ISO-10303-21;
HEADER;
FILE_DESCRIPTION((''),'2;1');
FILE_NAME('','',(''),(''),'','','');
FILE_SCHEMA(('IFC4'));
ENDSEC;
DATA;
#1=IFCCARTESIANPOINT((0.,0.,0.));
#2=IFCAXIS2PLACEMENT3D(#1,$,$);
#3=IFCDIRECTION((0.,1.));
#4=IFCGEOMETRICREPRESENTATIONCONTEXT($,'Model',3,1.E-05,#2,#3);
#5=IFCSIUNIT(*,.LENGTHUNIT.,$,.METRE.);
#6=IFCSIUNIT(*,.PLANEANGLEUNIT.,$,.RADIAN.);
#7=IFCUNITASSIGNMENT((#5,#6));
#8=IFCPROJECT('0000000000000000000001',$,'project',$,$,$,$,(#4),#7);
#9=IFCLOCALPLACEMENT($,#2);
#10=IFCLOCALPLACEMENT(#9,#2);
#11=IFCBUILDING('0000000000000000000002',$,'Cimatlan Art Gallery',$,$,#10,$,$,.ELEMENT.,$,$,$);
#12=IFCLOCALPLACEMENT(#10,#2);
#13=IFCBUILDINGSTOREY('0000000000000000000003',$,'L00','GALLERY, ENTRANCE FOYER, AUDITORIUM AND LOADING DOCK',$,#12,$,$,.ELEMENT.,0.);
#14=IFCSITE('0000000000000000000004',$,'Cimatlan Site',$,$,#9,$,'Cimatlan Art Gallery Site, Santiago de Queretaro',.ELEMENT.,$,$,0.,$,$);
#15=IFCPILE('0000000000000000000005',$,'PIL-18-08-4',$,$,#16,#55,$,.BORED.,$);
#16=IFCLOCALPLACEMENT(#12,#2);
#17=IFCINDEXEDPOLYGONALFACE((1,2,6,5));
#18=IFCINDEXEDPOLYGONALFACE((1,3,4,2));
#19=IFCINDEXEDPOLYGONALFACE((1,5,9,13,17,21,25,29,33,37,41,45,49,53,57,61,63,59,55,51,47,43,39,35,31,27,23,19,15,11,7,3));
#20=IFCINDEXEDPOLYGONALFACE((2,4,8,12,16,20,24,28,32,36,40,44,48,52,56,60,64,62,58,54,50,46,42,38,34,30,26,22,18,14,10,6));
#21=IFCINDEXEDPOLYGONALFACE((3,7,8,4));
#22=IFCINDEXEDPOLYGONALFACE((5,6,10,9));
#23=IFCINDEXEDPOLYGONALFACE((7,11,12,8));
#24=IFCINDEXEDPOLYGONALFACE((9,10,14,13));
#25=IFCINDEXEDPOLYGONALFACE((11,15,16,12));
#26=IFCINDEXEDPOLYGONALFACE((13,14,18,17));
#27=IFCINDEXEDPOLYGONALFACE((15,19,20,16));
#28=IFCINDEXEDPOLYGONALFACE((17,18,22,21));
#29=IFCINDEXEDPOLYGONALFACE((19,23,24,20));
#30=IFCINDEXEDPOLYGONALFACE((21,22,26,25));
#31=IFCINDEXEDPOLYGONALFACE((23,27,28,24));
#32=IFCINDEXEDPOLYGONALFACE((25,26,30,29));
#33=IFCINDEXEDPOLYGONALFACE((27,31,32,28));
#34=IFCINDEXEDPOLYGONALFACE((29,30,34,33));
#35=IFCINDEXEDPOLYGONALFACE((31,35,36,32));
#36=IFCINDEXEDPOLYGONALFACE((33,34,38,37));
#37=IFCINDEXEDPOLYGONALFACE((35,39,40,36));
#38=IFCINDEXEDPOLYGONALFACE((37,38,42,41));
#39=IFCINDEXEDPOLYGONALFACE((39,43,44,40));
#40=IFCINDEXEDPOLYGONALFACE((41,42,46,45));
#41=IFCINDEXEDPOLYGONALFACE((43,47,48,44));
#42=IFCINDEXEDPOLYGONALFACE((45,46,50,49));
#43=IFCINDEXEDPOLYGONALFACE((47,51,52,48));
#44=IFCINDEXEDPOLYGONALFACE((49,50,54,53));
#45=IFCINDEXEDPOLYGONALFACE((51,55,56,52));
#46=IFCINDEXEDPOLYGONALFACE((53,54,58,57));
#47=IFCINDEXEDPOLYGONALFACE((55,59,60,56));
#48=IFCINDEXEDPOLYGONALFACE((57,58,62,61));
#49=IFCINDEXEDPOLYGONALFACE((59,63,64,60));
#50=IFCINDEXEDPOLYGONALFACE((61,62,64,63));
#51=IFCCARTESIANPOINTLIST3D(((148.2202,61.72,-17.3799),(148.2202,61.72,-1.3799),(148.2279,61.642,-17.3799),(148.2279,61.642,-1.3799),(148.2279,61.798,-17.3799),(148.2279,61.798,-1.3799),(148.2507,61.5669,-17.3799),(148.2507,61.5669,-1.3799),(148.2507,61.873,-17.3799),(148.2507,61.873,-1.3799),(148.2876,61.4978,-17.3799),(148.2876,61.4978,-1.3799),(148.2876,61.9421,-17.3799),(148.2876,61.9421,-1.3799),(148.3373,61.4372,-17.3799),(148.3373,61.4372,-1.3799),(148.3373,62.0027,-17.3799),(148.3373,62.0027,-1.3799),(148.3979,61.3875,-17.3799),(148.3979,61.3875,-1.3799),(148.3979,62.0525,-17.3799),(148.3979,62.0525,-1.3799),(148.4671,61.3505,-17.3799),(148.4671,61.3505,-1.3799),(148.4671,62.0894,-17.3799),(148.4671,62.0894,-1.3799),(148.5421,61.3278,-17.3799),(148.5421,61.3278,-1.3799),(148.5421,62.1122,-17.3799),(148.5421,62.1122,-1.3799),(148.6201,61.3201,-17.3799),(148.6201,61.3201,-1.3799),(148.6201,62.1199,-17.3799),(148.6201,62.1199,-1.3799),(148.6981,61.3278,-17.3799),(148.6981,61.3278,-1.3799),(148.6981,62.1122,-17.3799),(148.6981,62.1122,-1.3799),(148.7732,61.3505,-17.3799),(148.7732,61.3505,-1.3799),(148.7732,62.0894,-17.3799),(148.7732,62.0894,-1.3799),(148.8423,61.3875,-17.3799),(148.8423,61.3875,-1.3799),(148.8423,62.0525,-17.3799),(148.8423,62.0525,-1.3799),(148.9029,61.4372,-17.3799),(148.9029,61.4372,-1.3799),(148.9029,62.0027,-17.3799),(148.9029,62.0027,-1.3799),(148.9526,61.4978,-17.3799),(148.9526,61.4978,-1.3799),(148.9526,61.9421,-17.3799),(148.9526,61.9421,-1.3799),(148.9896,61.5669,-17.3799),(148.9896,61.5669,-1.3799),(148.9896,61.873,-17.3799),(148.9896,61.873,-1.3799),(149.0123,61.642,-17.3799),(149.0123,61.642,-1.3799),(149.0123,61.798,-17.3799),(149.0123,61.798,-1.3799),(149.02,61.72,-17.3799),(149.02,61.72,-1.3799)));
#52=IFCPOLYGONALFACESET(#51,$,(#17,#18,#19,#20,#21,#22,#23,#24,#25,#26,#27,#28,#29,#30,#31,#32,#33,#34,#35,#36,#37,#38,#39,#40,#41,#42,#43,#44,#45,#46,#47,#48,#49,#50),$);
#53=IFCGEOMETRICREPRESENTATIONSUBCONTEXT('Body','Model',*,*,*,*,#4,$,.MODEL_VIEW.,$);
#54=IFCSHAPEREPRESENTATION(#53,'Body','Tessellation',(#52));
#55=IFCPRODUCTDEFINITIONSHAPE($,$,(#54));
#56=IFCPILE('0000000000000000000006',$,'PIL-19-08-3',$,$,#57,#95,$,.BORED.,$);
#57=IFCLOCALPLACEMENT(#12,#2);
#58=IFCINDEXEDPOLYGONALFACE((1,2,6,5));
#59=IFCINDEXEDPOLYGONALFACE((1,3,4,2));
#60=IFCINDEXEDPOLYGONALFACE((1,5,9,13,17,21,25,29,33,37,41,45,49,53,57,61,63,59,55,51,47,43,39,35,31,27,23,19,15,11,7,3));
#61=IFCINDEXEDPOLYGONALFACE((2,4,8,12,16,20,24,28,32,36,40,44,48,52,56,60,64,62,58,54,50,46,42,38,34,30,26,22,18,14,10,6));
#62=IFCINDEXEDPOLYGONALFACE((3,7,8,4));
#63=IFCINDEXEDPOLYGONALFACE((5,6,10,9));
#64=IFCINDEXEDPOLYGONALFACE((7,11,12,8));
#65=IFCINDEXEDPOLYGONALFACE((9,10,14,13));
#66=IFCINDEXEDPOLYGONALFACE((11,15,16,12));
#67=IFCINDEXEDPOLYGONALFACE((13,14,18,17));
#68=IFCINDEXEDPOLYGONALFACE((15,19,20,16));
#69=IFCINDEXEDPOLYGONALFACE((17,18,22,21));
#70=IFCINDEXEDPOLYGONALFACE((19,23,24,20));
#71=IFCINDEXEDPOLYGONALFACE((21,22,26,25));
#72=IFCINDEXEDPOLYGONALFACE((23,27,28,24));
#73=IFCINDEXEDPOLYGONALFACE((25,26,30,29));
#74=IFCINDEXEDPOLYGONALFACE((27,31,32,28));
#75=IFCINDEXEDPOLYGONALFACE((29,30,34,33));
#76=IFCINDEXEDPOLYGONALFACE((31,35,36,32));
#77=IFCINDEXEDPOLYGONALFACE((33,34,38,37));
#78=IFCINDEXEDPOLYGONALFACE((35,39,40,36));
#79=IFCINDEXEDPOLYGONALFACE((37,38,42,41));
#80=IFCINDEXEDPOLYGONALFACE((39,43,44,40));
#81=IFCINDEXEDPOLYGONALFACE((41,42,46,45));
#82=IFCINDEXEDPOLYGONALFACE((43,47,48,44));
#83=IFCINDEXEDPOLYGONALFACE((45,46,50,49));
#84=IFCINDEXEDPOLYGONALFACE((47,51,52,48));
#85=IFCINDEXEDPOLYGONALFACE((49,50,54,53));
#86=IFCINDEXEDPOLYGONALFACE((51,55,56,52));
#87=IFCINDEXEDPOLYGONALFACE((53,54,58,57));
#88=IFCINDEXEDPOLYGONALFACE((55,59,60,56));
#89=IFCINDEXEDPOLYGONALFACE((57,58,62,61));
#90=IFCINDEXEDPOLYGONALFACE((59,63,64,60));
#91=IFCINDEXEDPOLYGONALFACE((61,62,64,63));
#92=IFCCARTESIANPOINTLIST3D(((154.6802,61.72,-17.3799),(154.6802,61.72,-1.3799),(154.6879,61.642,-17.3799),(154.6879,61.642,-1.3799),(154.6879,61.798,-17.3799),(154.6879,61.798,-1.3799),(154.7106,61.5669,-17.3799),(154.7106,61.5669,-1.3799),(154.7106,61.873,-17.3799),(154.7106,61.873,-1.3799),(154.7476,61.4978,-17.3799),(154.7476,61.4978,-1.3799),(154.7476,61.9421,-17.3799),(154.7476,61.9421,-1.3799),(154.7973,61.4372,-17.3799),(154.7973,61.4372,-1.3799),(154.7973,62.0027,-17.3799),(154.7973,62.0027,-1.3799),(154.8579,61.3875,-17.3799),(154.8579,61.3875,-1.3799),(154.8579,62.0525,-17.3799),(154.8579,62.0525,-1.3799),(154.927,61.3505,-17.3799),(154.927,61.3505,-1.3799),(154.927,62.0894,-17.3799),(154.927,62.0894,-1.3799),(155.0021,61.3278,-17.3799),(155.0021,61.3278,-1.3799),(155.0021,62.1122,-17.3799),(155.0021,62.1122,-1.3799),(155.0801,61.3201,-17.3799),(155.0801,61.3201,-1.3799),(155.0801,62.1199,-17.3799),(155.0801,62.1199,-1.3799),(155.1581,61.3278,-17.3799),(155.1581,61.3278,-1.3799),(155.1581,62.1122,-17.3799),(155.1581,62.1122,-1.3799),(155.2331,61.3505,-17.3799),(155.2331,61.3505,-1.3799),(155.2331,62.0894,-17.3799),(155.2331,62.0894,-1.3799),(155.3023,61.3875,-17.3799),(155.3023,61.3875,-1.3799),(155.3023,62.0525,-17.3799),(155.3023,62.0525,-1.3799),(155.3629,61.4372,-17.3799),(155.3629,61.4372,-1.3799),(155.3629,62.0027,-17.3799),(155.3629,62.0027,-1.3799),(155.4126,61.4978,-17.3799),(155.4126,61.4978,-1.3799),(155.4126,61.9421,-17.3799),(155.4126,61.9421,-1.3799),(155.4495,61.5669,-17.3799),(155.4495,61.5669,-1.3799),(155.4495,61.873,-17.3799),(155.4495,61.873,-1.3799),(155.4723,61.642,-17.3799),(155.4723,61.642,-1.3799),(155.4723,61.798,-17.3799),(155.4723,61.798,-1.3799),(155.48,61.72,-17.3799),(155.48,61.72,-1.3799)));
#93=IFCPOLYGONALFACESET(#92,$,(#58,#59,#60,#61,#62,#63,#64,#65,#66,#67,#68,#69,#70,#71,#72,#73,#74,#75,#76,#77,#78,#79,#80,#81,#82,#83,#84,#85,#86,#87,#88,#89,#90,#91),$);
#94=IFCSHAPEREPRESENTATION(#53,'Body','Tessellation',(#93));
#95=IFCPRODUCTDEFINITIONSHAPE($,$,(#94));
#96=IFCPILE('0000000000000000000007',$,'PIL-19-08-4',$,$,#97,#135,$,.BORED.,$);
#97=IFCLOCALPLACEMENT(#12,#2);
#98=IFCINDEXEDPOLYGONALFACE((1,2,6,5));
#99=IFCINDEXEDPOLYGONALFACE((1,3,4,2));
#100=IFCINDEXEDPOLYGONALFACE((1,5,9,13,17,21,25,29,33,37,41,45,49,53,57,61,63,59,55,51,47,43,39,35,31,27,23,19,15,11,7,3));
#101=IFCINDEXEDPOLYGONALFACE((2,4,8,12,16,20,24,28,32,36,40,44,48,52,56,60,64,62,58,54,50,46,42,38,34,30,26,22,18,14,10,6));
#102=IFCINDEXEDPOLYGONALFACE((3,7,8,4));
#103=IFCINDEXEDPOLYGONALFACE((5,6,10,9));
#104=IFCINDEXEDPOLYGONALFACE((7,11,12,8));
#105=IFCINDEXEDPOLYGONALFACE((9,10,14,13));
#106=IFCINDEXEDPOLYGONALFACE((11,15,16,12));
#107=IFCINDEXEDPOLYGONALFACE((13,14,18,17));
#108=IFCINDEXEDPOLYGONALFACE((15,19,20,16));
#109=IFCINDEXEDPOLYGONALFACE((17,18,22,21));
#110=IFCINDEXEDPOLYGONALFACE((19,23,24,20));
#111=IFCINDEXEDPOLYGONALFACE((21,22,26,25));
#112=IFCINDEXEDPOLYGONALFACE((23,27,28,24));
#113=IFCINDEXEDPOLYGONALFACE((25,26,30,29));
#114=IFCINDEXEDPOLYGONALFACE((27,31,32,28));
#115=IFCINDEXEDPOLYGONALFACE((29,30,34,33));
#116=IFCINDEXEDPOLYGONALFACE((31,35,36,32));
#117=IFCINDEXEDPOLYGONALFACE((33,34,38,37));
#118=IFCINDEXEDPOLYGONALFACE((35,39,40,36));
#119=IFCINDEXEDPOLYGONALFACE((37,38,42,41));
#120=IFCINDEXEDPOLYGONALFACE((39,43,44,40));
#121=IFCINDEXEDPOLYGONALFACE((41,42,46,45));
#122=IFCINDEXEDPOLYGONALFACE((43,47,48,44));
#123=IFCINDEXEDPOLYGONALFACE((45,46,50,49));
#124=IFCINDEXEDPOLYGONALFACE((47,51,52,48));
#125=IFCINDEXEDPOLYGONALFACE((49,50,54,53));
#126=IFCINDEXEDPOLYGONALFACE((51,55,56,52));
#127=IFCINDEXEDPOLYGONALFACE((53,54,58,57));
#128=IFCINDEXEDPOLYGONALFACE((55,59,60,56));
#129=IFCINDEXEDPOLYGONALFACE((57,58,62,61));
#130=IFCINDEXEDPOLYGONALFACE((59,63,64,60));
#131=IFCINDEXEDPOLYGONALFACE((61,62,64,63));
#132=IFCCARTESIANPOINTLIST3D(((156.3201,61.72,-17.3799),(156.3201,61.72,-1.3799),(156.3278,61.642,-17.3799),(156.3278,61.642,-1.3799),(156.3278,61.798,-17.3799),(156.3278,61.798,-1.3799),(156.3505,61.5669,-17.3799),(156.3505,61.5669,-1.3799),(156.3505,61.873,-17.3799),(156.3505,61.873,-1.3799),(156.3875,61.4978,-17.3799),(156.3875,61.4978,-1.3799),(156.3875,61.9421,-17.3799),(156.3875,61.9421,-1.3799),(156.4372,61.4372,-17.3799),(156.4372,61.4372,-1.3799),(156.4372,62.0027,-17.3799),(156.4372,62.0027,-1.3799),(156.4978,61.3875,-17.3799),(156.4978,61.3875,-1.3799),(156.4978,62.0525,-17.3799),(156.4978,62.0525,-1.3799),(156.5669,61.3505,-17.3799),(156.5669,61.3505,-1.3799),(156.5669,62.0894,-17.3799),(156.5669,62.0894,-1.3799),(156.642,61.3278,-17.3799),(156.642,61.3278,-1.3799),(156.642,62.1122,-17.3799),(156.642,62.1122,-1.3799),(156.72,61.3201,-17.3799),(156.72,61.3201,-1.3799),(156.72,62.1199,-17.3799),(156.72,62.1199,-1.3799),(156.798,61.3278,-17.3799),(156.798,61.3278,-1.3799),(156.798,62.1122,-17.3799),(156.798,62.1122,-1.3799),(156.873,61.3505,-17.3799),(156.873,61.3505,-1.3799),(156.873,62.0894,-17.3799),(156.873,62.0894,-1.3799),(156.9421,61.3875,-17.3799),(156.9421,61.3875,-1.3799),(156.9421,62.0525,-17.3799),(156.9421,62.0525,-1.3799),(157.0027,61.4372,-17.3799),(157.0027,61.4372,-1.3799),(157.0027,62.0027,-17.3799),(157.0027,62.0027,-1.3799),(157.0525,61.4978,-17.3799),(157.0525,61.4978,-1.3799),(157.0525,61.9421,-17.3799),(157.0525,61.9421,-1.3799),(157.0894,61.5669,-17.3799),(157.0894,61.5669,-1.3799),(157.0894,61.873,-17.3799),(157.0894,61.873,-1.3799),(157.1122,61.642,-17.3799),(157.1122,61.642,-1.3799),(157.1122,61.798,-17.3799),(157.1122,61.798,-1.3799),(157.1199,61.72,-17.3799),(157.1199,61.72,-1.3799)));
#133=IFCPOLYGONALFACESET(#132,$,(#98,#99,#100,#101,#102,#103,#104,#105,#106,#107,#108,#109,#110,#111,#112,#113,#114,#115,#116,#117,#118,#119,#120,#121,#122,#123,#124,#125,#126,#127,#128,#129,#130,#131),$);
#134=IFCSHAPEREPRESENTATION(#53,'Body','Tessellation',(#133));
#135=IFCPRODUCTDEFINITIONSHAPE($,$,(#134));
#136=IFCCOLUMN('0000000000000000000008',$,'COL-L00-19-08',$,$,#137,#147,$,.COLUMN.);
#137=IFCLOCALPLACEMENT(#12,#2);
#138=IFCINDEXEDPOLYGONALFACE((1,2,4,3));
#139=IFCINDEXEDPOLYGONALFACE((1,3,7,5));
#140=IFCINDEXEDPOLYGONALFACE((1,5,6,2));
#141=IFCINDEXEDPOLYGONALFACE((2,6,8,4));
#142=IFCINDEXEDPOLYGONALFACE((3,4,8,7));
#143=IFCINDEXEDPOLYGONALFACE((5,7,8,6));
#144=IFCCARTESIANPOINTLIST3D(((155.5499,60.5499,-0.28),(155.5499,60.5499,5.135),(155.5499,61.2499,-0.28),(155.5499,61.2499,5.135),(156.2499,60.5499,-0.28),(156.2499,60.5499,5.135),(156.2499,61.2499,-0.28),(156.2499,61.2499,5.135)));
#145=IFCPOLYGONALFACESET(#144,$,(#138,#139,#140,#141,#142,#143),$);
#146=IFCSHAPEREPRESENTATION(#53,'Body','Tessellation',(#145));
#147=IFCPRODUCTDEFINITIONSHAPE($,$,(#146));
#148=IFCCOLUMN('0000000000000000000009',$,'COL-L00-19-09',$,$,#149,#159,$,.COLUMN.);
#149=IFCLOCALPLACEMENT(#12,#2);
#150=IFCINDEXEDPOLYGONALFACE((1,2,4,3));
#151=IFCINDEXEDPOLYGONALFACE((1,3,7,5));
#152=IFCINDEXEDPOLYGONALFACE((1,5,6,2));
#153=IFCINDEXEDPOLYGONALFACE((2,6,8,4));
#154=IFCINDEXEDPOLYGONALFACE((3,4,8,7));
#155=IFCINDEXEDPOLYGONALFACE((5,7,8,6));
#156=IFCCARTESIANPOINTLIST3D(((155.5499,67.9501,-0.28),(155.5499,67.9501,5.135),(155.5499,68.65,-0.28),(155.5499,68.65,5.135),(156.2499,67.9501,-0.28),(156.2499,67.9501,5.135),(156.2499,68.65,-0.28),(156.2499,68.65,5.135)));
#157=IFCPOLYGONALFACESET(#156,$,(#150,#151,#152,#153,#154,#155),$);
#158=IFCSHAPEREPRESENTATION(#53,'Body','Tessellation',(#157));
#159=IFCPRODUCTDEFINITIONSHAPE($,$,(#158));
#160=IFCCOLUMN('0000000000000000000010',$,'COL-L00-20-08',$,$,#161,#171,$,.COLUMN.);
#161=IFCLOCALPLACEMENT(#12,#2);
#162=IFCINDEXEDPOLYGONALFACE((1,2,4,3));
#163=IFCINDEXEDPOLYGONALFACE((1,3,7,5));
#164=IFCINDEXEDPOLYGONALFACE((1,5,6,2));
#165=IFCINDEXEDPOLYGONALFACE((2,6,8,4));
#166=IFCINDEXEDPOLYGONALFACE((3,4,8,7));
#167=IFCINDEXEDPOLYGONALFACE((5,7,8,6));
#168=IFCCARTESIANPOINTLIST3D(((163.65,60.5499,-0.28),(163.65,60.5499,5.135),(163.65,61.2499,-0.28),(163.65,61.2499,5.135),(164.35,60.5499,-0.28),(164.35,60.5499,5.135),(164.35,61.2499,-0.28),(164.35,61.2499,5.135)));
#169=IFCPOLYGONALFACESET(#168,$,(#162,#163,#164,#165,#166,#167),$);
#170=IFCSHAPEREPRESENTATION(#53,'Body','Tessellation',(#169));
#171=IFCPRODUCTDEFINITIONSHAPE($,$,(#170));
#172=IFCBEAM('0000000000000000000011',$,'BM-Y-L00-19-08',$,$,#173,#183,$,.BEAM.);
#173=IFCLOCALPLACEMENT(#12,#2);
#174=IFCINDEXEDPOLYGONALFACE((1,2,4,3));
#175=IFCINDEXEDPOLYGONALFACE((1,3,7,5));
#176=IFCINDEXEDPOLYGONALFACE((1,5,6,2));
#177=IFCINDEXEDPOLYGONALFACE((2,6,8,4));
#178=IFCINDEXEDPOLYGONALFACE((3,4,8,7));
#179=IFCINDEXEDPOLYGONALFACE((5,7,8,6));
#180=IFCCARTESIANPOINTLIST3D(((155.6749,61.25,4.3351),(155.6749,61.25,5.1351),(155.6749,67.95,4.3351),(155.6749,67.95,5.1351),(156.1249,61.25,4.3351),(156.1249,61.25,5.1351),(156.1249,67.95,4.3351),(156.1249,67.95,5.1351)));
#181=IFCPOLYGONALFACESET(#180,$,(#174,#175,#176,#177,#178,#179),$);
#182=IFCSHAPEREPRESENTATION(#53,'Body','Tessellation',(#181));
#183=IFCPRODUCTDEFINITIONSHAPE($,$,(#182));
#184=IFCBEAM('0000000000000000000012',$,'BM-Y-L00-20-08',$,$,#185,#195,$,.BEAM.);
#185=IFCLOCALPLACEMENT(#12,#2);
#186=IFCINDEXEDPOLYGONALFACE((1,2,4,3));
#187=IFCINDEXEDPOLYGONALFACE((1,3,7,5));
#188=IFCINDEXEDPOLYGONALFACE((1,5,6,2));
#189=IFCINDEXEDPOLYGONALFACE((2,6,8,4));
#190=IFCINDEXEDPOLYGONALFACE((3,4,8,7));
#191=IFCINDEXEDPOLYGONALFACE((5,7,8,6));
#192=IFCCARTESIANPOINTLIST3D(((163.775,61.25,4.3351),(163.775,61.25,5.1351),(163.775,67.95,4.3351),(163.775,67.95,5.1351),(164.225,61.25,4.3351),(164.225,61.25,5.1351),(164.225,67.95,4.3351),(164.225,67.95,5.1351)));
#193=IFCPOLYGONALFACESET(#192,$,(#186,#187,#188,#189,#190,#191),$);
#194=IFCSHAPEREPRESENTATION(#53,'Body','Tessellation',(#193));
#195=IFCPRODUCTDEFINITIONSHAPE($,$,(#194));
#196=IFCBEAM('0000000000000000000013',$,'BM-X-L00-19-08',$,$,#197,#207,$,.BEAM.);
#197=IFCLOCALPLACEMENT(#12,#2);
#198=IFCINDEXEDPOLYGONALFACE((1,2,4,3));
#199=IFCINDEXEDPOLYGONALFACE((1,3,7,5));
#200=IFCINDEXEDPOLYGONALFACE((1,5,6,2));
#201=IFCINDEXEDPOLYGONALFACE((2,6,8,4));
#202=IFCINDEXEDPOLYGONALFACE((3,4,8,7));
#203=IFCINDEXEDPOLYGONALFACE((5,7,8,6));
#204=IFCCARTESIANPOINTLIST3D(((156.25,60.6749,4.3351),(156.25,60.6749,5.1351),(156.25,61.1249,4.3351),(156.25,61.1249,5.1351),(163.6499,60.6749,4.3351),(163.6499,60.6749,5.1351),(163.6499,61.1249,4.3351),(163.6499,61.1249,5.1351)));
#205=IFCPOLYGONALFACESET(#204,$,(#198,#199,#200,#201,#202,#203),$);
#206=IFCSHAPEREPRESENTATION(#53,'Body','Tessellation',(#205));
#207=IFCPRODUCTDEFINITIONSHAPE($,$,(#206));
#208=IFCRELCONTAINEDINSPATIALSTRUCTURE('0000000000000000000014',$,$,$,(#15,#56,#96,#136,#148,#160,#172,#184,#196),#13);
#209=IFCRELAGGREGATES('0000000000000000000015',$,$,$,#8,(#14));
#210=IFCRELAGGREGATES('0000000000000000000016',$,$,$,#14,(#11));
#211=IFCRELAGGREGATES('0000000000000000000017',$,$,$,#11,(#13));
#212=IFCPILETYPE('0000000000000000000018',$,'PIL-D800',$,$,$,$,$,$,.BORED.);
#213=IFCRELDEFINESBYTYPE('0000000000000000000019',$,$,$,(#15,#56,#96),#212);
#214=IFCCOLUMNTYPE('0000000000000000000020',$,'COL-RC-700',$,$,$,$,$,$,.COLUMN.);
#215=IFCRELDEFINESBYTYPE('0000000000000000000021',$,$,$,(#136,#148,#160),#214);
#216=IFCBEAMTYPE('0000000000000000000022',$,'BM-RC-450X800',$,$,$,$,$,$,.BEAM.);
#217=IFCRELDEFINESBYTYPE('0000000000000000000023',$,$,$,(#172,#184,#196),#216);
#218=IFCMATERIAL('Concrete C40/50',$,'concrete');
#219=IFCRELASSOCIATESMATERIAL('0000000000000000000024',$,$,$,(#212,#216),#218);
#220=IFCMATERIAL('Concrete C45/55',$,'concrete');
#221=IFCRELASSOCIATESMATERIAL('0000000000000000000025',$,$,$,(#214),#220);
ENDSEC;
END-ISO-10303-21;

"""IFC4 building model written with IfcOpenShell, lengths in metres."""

from ifc_helpers import new_model, si_unit, direction, frame, origin, origin_2d, place, context, subcontext, project, spatial, rectangle, circle, extrude, material, material_profile, profile_set, type_object, element, save


model = new_model("IFC4")

# Units and contexts
model_context = context("Model", 3, precision=1e-05, world=origin(), true_north=direction((0.0, 1.0)))
body_context = subcontext(model_context, "Body", "Model", "MODEL_VIEW")
ifc_project = project(units=[si_unit("LENGTHUNIT", "METRE"), si_unit("PLANEANGLEUNIT", "RADIAN")], contexts=[model_context])

# Site, building, storey
site_placement = place(None, origin())
site = spatial("IfcSite", under=ifc_project, at=site_placement, Name="Cimatlan Site", LongName="Cimatlan Art Gallery Site, Santiago de Queretaro", CompositionType="ELEMENT", RefElevation=0.0)
building_placement = place(site_placement, origin())
building = spatial("IfcBuilding", under=site, at=building_placement, Name="Cimatlan Art Gallery", CompositionType="ELEMENT")
storey_placement = place(building_placement, origin())
storey = spatial("IfcBuildingStorey", under=building, at=storey_placement, Name="L00", Description="GALLERY, ENTRANCE FOYER, AUDITORIUM AND LOADING DOCK", CompositionType="ELEMENT", Elevation=0.0)

# Shared definitions
ifc_material_1 = material(Name="Concrete C40/50", Category="concrete")

# Piles
pile_type_1 = type_object("IfcPileType", Name="PIL-D800", PredefinedType="BORED", material=ifc_material_1)
for number, where, z_axis, x_axis, name in (
    (1, (148.6201, 61.72, -1.3799), (0.0, 0.0, -1.0), (1.0, 0.0, 0.0), "PIL-18-08-4"),
    (2, (155.0801, 61.72, -1.3799), (0.0, 0.0, -1.0), (1.0, 0.0, 0.0), "PIL-19-08-3"),
    (3, (156.72, 61.72, -1.3799), (0.0, 0.0, -1.0), (1.0, 0.0, 0.0), "PIL-19-08-4"),
):
    element("IfcPile", number, at=place(storey_placement, frame(where, z_axis=z_axis, x_axis=x_axis)), inside=storey, type_object=pile_type_1, Name=name, PredefinedType="BORED", context=body_context, shape_type="SweptSolid", body=[
        extrude(circle(Radius=0.3999, at=origin_2d()), origin(), (0.0, 0.0, 1.0), 16.0),
    ])

# Columns
ifc_material_2 = material(Name="Concrete C45/55", Category="concrete")
ifc_material_profile_1 = material_profile(ifc_material_2, rectangle(XDim=0.7, YDim=0.7, at=origin_2d()), Name="RC700X700")
ifc_profile_set_1 = profile_set([ifc_material_profile_1], Name="Concrete C45/55")
column_type = type_object("IfcColumnType", Name="COL-RC-700", PredefinedType="COLUMN", material=ifc_profile_set_1)
for number, where, z_axis, x_axis, name in (
    (4, (155.8999, 60.8999, -0.28), (0.0, 0.0, 1.0), (1.0, 0.0, 0.0), "COL-L00-19-08"),
    (5, (155.8999, 68.3, -0.28), (0.0, 0.0, 1.0), (1.0, 0.0, 0.0), "COL-L00-19-09"),
    (6, (164.0, 60.8999, -0.28), (0.0, 0.0, 1.0), (1.0, 0.0, 0.0), "COL-L00-20-08"),
):
    element("IfcColumn", number, at=place(storey_placement, frame(where, z_axis=z_axis, x_axis=x_axis)), inside=storey, type_object=column_type, Name=name, PredefinedType="COLUMN", context=body_context, shape_type="SweptSolid", body=[
        extrude(rectangle(XDim=0.7, YDim=0.7, at=origin_2d()), origin(), (0.0, 0.0, 1.0), 5.415),
    ])

# Beams
ifc_material_profile_2 = material_profile(ifc_material_1, rectangle(XDim=0.45, YDim=0.8, at=origin_2d()), Name="RC450X800")
ifc_profile_set_2 = profile_set([ifc_material_profile_2], Name="Concrete C40/50")
beam_type_1 = type_object("IfcBeamType", Name="BM-RC-450X800", PredefinedType="BEAM", material=ifc_profile_set_2)
for number, where, z_axis, x_axis, name in (
    (7, (155.8999, 61.25, 4.7351), (0.0, 1.0, 0.0), (-1.0, 0.0, 0.0), "BM-Y-L00-19-08"),
    (8, (164.0, 61.25, 4.7351), (0.0, 1.0, 0.0), (-1.0, 0.0, 0.0), "BM-Y-L00-20-08"),
):
    element("IfcBeam", number, at=place(storey_placement, frame(where, z_axis=z_axis, x_axis=x_axis)), inside=storey, type_object=beam_type_1, Name=name, PredefinedType="BEAM", context=body_context, shape_type="SweptSolid", body=[
        extrude(rectangle(XDim=0.45, YDim=0.8, at=origin_2d()), origin(), (0.0, 0.0, 1.0), 6.7),
    ])
beam_1_placement = place(storey_placement, frame((156.25, 60.8999, 4.7351), z_axis=(1.0, 0.0, 0.0), x_axis=(0.0, 1.0, 0.0)))
element("IfcBeam", 9, at=beam_1_placement, inside=storey, type_object=beam_type_1, Name="BM-X-L00-19-08", PredefinedType="BEAM", context=body_context, shape_type="SweptSolid", body=[
    extrude(rectangle(XDim=0.45, YDim=0.8, at=origin_2d()), origin(), (0.0, 0.0, 1.0), 7.3999),
])

save(model, "model.ifc")
